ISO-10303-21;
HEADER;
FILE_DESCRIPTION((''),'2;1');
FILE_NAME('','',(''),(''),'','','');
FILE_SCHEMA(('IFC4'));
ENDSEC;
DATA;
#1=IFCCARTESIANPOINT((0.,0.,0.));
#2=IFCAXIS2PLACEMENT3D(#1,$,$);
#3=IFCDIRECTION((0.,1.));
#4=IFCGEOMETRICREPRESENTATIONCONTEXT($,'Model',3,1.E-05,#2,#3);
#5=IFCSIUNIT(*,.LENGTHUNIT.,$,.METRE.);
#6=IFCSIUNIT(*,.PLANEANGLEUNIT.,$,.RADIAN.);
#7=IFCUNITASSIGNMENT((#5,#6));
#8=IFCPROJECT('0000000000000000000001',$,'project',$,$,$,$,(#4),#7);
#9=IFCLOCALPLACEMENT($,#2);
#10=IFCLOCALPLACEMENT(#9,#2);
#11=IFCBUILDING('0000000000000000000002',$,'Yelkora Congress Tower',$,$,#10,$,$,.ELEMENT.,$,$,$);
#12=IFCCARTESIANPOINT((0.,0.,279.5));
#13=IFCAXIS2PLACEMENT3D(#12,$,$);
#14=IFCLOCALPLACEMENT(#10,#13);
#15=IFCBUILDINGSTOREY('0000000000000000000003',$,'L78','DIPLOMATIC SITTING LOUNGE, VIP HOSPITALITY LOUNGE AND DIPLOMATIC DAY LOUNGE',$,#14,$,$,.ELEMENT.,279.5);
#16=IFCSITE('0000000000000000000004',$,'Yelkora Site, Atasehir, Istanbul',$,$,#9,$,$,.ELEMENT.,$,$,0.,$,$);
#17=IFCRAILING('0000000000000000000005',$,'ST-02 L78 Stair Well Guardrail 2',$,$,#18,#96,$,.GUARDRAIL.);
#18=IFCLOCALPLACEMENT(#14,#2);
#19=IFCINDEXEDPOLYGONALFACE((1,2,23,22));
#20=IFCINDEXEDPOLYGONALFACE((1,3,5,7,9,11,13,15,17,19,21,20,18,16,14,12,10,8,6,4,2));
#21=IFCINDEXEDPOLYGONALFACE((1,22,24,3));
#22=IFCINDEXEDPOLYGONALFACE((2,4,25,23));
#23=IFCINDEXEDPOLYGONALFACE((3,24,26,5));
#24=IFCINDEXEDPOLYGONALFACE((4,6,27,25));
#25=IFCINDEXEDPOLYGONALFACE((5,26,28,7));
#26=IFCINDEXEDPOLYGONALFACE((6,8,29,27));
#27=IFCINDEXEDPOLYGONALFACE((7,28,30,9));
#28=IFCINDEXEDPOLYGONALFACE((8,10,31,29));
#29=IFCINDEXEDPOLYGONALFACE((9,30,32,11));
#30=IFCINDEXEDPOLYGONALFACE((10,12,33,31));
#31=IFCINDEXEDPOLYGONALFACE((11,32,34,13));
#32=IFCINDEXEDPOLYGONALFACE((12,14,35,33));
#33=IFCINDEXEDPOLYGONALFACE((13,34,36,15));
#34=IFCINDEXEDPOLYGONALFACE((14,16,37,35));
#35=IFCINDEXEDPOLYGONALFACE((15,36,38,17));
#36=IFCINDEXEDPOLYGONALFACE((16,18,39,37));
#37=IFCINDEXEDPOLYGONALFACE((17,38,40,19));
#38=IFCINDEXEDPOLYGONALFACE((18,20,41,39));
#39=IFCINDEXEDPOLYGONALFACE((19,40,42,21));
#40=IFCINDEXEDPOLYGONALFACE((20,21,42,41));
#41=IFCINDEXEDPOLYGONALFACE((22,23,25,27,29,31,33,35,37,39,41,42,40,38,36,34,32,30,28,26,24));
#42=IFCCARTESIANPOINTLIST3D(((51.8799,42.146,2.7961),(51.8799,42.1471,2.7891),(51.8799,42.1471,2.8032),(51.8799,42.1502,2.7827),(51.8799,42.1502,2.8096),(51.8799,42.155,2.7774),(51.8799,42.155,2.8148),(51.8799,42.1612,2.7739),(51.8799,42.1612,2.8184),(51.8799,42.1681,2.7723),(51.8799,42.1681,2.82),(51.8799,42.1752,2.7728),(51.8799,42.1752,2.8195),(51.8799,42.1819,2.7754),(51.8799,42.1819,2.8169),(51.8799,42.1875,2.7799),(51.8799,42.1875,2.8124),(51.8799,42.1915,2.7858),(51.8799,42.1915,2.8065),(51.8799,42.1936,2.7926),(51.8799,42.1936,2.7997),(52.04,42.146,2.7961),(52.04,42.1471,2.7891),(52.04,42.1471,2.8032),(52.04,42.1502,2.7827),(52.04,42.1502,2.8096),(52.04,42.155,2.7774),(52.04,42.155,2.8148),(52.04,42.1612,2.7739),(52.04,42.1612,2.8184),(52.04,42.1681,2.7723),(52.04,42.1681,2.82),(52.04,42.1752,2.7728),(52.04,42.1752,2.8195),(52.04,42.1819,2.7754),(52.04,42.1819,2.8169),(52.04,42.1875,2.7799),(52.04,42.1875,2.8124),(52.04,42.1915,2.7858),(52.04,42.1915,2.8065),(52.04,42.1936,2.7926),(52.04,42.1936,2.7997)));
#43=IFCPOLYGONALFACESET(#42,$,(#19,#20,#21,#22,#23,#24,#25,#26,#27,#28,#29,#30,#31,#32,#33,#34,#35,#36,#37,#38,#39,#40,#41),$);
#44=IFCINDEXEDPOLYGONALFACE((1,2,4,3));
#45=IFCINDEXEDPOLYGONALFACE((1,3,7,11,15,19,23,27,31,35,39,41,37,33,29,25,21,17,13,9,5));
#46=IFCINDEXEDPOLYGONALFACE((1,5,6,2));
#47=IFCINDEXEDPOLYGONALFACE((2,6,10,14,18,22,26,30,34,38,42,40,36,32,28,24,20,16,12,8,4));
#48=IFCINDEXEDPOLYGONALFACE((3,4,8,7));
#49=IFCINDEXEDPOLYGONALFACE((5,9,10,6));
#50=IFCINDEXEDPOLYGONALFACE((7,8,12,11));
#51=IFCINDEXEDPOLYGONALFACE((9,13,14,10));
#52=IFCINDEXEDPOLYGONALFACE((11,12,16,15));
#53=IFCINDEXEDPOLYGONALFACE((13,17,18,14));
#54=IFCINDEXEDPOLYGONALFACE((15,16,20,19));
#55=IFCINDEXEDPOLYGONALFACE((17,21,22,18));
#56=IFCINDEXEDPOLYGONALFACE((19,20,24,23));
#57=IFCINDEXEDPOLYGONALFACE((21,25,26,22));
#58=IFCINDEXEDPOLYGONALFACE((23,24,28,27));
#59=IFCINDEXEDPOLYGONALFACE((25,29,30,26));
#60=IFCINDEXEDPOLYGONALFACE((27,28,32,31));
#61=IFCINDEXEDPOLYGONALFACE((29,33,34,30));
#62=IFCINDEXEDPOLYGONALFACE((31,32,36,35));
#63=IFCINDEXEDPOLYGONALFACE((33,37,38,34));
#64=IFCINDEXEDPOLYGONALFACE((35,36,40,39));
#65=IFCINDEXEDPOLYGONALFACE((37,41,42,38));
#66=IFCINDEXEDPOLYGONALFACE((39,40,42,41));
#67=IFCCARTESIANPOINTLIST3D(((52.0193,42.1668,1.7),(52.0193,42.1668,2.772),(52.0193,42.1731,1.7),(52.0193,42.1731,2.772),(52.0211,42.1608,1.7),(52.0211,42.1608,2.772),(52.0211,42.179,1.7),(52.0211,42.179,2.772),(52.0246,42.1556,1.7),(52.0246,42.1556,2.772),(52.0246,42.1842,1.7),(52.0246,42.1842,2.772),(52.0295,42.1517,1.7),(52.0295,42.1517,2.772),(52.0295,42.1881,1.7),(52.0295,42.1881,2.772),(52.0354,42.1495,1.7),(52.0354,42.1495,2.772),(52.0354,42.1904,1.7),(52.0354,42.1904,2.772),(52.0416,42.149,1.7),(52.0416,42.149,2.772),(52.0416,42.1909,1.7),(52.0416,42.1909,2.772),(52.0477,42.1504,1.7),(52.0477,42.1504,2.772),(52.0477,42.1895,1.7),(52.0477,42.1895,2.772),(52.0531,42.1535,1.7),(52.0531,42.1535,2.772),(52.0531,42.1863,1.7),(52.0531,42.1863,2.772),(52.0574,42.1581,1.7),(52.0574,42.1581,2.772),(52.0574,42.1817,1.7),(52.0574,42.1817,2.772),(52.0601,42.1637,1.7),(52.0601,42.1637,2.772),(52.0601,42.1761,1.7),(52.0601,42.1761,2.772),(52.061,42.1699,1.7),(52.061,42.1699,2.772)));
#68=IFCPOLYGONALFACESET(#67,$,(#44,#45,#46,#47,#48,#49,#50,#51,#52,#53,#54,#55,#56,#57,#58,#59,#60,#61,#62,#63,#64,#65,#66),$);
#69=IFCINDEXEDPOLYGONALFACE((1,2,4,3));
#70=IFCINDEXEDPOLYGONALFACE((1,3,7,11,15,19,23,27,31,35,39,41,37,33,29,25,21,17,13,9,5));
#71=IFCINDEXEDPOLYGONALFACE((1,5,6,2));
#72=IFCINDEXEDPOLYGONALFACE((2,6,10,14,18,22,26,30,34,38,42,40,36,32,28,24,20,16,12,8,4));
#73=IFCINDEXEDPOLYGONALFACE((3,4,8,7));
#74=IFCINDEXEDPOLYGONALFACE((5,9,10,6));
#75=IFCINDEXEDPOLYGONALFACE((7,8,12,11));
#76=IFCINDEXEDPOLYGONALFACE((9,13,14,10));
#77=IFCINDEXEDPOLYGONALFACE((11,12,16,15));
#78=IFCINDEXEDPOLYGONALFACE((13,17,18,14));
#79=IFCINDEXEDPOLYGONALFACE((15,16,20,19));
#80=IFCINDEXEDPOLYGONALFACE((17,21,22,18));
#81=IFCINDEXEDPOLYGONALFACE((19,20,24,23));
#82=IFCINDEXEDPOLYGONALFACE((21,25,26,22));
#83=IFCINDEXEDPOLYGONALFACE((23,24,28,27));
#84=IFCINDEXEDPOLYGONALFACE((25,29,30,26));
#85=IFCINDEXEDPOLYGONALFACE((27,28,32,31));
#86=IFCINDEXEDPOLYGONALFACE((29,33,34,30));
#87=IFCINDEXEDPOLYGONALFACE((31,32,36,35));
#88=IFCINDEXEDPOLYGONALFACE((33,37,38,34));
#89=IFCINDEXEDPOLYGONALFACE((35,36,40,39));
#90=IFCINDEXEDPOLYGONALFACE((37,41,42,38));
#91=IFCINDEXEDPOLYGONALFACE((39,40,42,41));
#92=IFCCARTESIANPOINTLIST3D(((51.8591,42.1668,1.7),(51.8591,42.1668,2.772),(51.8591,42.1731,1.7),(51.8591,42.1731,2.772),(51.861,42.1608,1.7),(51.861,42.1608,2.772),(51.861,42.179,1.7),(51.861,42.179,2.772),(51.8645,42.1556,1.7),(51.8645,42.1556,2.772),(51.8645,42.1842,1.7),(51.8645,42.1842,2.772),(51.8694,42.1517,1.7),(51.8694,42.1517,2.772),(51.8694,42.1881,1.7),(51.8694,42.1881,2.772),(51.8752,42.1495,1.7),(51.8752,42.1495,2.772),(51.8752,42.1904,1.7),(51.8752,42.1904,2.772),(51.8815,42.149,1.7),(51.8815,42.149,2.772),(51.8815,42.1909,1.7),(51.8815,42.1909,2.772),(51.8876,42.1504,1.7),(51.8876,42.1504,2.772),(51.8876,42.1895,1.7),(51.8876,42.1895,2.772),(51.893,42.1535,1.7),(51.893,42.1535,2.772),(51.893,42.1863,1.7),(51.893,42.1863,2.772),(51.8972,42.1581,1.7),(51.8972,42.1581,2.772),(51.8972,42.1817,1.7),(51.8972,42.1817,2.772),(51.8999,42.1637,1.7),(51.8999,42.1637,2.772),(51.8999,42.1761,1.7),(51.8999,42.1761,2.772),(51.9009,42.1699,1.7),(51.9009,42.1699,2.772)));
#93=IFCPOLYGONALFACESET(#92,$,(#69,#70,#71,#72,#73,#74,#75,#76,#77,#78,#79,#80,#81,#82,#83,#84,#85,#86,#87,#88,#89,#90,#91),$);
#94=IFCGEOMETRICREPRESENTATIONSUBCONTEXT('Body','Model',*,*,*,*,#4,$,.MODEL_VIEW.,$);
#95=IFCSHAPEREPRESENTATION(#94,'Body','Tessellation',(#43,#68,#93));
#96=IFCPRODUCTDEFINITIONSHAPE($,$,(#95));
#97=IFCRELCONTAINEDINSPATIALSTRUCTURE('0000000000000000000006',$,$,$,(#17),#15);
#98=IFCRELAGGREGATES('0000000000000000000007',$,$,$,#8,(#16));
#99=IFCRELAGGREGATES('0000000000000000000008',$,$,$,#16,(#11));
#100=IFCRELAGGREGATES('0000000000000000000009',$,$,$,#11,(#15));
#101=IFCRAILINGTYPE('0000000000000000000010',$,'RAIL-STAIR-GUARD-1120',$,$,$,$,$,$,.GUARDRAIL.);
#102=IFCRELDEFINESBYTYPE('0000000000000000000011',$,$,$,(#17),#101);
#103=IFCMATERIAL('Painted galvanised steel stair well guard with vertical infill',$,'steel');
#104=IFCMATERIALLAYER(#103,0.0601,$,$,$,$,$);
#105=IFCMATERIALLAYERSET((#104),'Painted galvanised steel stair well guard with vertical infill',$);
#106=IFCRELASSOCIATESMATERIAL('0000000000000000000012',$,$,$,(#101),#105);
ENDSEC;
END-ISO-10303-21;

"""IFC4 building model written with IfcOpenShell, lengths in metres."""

from ifc_helpers import new_model, si_unit, direction, frame, origin, origin_2d, place, context, subcontext, project, spatial, circle, extrude, material, layer, layer_set, type_object, element, save


model = new_model("IFC4")

# Units and contexts
model_context = context("Model", 3, precision=1e-05, world=origin(), true_north=direction((0.0, 1.0)))
body_context = subcontext(model_context, "Body", "Model", "MODEL_VIEW")
ifc_project = project(units=[si_unit("LENGTHUNIT", "METRE"), si_unit("PLANEANGLEUNIT", "RADIAN")], contexts=[model_context])

# Site, building, storey
site_placement = place(None, origin())
site = spatial("IfcSite", under=ifc_project, at=site_placement, Name="Yelkora Site, Atasehir, Istanbul", CompositionType="ELEMENT", RefElevation=0.0)
building_placement = place(site_placement, origin())
building = spatial("IfcBuilding", under=site, at=building_placement, Name="Yelkora Congress Tower", CompositionType="ELEMENT")
storey_placement = place(building_placement, frame((0.0, 0.0, 279.5)))
storey = spatial("IfcBuildingStorey", under=building, at=storey_placement, Name="L78", Description="DIPLOMATIC SITTING LOUNGE, VIP HOSPITALITY LOUNGE AND DIPLOMATIC DAY LOUNGE", CompositionType="ELEMENT", Elevation=279.5)

# Railing
ifc_material_1 = material(Name="Painted galvanised steel stair well guard with vertical infill", Category="steel")
ifc_layer_1 = layer(ifc_material_1, 0.0601)
ifc_layer_set_1 = layer_set([ifc_layer_1], Name="Painted galvanised steel stair well guard with vertical infill")
railing_type = type_object("IfcRailingType", Name="RAIL-STAIR-GUARD-1120", PredefinedType="GUARDRAIL", material=ifc_layer_set_1)
railing_1_placement = place(storey_placement, frame((52.04, 42.1699, 1.7)))
element("IfcRailing", 1, at=railing_1_placement, inside=storey, type_object=railing_type, Name="ST-02 L78 Stair Well Guardrail 2", PredefinedType="GUARDRAIL", context=body_context, shape_type="SweptSolid", body=[
    extrude(circle(Radius=0.0239, at=origin_2d()), frame((0.0, 0.0, 1.0962), z_axis=(-1.0, 0.0, 0.0), x_axis=(0.0, -1.0, 0.0)), (0.0, 0.0, 1.0), 0.1602),
    extrude(circle(Radius=0.021, at=origin_2d()), origin(), (0.0, 0.0, 1.0), 1.072),
    extrude(circle(Radius=0.021, at=origin_2d()), frame((-0.1602, 0.0, 0.0)), (0.0, 0.0, 1.0), 1.072),
])

save(model, "model.ifc")
